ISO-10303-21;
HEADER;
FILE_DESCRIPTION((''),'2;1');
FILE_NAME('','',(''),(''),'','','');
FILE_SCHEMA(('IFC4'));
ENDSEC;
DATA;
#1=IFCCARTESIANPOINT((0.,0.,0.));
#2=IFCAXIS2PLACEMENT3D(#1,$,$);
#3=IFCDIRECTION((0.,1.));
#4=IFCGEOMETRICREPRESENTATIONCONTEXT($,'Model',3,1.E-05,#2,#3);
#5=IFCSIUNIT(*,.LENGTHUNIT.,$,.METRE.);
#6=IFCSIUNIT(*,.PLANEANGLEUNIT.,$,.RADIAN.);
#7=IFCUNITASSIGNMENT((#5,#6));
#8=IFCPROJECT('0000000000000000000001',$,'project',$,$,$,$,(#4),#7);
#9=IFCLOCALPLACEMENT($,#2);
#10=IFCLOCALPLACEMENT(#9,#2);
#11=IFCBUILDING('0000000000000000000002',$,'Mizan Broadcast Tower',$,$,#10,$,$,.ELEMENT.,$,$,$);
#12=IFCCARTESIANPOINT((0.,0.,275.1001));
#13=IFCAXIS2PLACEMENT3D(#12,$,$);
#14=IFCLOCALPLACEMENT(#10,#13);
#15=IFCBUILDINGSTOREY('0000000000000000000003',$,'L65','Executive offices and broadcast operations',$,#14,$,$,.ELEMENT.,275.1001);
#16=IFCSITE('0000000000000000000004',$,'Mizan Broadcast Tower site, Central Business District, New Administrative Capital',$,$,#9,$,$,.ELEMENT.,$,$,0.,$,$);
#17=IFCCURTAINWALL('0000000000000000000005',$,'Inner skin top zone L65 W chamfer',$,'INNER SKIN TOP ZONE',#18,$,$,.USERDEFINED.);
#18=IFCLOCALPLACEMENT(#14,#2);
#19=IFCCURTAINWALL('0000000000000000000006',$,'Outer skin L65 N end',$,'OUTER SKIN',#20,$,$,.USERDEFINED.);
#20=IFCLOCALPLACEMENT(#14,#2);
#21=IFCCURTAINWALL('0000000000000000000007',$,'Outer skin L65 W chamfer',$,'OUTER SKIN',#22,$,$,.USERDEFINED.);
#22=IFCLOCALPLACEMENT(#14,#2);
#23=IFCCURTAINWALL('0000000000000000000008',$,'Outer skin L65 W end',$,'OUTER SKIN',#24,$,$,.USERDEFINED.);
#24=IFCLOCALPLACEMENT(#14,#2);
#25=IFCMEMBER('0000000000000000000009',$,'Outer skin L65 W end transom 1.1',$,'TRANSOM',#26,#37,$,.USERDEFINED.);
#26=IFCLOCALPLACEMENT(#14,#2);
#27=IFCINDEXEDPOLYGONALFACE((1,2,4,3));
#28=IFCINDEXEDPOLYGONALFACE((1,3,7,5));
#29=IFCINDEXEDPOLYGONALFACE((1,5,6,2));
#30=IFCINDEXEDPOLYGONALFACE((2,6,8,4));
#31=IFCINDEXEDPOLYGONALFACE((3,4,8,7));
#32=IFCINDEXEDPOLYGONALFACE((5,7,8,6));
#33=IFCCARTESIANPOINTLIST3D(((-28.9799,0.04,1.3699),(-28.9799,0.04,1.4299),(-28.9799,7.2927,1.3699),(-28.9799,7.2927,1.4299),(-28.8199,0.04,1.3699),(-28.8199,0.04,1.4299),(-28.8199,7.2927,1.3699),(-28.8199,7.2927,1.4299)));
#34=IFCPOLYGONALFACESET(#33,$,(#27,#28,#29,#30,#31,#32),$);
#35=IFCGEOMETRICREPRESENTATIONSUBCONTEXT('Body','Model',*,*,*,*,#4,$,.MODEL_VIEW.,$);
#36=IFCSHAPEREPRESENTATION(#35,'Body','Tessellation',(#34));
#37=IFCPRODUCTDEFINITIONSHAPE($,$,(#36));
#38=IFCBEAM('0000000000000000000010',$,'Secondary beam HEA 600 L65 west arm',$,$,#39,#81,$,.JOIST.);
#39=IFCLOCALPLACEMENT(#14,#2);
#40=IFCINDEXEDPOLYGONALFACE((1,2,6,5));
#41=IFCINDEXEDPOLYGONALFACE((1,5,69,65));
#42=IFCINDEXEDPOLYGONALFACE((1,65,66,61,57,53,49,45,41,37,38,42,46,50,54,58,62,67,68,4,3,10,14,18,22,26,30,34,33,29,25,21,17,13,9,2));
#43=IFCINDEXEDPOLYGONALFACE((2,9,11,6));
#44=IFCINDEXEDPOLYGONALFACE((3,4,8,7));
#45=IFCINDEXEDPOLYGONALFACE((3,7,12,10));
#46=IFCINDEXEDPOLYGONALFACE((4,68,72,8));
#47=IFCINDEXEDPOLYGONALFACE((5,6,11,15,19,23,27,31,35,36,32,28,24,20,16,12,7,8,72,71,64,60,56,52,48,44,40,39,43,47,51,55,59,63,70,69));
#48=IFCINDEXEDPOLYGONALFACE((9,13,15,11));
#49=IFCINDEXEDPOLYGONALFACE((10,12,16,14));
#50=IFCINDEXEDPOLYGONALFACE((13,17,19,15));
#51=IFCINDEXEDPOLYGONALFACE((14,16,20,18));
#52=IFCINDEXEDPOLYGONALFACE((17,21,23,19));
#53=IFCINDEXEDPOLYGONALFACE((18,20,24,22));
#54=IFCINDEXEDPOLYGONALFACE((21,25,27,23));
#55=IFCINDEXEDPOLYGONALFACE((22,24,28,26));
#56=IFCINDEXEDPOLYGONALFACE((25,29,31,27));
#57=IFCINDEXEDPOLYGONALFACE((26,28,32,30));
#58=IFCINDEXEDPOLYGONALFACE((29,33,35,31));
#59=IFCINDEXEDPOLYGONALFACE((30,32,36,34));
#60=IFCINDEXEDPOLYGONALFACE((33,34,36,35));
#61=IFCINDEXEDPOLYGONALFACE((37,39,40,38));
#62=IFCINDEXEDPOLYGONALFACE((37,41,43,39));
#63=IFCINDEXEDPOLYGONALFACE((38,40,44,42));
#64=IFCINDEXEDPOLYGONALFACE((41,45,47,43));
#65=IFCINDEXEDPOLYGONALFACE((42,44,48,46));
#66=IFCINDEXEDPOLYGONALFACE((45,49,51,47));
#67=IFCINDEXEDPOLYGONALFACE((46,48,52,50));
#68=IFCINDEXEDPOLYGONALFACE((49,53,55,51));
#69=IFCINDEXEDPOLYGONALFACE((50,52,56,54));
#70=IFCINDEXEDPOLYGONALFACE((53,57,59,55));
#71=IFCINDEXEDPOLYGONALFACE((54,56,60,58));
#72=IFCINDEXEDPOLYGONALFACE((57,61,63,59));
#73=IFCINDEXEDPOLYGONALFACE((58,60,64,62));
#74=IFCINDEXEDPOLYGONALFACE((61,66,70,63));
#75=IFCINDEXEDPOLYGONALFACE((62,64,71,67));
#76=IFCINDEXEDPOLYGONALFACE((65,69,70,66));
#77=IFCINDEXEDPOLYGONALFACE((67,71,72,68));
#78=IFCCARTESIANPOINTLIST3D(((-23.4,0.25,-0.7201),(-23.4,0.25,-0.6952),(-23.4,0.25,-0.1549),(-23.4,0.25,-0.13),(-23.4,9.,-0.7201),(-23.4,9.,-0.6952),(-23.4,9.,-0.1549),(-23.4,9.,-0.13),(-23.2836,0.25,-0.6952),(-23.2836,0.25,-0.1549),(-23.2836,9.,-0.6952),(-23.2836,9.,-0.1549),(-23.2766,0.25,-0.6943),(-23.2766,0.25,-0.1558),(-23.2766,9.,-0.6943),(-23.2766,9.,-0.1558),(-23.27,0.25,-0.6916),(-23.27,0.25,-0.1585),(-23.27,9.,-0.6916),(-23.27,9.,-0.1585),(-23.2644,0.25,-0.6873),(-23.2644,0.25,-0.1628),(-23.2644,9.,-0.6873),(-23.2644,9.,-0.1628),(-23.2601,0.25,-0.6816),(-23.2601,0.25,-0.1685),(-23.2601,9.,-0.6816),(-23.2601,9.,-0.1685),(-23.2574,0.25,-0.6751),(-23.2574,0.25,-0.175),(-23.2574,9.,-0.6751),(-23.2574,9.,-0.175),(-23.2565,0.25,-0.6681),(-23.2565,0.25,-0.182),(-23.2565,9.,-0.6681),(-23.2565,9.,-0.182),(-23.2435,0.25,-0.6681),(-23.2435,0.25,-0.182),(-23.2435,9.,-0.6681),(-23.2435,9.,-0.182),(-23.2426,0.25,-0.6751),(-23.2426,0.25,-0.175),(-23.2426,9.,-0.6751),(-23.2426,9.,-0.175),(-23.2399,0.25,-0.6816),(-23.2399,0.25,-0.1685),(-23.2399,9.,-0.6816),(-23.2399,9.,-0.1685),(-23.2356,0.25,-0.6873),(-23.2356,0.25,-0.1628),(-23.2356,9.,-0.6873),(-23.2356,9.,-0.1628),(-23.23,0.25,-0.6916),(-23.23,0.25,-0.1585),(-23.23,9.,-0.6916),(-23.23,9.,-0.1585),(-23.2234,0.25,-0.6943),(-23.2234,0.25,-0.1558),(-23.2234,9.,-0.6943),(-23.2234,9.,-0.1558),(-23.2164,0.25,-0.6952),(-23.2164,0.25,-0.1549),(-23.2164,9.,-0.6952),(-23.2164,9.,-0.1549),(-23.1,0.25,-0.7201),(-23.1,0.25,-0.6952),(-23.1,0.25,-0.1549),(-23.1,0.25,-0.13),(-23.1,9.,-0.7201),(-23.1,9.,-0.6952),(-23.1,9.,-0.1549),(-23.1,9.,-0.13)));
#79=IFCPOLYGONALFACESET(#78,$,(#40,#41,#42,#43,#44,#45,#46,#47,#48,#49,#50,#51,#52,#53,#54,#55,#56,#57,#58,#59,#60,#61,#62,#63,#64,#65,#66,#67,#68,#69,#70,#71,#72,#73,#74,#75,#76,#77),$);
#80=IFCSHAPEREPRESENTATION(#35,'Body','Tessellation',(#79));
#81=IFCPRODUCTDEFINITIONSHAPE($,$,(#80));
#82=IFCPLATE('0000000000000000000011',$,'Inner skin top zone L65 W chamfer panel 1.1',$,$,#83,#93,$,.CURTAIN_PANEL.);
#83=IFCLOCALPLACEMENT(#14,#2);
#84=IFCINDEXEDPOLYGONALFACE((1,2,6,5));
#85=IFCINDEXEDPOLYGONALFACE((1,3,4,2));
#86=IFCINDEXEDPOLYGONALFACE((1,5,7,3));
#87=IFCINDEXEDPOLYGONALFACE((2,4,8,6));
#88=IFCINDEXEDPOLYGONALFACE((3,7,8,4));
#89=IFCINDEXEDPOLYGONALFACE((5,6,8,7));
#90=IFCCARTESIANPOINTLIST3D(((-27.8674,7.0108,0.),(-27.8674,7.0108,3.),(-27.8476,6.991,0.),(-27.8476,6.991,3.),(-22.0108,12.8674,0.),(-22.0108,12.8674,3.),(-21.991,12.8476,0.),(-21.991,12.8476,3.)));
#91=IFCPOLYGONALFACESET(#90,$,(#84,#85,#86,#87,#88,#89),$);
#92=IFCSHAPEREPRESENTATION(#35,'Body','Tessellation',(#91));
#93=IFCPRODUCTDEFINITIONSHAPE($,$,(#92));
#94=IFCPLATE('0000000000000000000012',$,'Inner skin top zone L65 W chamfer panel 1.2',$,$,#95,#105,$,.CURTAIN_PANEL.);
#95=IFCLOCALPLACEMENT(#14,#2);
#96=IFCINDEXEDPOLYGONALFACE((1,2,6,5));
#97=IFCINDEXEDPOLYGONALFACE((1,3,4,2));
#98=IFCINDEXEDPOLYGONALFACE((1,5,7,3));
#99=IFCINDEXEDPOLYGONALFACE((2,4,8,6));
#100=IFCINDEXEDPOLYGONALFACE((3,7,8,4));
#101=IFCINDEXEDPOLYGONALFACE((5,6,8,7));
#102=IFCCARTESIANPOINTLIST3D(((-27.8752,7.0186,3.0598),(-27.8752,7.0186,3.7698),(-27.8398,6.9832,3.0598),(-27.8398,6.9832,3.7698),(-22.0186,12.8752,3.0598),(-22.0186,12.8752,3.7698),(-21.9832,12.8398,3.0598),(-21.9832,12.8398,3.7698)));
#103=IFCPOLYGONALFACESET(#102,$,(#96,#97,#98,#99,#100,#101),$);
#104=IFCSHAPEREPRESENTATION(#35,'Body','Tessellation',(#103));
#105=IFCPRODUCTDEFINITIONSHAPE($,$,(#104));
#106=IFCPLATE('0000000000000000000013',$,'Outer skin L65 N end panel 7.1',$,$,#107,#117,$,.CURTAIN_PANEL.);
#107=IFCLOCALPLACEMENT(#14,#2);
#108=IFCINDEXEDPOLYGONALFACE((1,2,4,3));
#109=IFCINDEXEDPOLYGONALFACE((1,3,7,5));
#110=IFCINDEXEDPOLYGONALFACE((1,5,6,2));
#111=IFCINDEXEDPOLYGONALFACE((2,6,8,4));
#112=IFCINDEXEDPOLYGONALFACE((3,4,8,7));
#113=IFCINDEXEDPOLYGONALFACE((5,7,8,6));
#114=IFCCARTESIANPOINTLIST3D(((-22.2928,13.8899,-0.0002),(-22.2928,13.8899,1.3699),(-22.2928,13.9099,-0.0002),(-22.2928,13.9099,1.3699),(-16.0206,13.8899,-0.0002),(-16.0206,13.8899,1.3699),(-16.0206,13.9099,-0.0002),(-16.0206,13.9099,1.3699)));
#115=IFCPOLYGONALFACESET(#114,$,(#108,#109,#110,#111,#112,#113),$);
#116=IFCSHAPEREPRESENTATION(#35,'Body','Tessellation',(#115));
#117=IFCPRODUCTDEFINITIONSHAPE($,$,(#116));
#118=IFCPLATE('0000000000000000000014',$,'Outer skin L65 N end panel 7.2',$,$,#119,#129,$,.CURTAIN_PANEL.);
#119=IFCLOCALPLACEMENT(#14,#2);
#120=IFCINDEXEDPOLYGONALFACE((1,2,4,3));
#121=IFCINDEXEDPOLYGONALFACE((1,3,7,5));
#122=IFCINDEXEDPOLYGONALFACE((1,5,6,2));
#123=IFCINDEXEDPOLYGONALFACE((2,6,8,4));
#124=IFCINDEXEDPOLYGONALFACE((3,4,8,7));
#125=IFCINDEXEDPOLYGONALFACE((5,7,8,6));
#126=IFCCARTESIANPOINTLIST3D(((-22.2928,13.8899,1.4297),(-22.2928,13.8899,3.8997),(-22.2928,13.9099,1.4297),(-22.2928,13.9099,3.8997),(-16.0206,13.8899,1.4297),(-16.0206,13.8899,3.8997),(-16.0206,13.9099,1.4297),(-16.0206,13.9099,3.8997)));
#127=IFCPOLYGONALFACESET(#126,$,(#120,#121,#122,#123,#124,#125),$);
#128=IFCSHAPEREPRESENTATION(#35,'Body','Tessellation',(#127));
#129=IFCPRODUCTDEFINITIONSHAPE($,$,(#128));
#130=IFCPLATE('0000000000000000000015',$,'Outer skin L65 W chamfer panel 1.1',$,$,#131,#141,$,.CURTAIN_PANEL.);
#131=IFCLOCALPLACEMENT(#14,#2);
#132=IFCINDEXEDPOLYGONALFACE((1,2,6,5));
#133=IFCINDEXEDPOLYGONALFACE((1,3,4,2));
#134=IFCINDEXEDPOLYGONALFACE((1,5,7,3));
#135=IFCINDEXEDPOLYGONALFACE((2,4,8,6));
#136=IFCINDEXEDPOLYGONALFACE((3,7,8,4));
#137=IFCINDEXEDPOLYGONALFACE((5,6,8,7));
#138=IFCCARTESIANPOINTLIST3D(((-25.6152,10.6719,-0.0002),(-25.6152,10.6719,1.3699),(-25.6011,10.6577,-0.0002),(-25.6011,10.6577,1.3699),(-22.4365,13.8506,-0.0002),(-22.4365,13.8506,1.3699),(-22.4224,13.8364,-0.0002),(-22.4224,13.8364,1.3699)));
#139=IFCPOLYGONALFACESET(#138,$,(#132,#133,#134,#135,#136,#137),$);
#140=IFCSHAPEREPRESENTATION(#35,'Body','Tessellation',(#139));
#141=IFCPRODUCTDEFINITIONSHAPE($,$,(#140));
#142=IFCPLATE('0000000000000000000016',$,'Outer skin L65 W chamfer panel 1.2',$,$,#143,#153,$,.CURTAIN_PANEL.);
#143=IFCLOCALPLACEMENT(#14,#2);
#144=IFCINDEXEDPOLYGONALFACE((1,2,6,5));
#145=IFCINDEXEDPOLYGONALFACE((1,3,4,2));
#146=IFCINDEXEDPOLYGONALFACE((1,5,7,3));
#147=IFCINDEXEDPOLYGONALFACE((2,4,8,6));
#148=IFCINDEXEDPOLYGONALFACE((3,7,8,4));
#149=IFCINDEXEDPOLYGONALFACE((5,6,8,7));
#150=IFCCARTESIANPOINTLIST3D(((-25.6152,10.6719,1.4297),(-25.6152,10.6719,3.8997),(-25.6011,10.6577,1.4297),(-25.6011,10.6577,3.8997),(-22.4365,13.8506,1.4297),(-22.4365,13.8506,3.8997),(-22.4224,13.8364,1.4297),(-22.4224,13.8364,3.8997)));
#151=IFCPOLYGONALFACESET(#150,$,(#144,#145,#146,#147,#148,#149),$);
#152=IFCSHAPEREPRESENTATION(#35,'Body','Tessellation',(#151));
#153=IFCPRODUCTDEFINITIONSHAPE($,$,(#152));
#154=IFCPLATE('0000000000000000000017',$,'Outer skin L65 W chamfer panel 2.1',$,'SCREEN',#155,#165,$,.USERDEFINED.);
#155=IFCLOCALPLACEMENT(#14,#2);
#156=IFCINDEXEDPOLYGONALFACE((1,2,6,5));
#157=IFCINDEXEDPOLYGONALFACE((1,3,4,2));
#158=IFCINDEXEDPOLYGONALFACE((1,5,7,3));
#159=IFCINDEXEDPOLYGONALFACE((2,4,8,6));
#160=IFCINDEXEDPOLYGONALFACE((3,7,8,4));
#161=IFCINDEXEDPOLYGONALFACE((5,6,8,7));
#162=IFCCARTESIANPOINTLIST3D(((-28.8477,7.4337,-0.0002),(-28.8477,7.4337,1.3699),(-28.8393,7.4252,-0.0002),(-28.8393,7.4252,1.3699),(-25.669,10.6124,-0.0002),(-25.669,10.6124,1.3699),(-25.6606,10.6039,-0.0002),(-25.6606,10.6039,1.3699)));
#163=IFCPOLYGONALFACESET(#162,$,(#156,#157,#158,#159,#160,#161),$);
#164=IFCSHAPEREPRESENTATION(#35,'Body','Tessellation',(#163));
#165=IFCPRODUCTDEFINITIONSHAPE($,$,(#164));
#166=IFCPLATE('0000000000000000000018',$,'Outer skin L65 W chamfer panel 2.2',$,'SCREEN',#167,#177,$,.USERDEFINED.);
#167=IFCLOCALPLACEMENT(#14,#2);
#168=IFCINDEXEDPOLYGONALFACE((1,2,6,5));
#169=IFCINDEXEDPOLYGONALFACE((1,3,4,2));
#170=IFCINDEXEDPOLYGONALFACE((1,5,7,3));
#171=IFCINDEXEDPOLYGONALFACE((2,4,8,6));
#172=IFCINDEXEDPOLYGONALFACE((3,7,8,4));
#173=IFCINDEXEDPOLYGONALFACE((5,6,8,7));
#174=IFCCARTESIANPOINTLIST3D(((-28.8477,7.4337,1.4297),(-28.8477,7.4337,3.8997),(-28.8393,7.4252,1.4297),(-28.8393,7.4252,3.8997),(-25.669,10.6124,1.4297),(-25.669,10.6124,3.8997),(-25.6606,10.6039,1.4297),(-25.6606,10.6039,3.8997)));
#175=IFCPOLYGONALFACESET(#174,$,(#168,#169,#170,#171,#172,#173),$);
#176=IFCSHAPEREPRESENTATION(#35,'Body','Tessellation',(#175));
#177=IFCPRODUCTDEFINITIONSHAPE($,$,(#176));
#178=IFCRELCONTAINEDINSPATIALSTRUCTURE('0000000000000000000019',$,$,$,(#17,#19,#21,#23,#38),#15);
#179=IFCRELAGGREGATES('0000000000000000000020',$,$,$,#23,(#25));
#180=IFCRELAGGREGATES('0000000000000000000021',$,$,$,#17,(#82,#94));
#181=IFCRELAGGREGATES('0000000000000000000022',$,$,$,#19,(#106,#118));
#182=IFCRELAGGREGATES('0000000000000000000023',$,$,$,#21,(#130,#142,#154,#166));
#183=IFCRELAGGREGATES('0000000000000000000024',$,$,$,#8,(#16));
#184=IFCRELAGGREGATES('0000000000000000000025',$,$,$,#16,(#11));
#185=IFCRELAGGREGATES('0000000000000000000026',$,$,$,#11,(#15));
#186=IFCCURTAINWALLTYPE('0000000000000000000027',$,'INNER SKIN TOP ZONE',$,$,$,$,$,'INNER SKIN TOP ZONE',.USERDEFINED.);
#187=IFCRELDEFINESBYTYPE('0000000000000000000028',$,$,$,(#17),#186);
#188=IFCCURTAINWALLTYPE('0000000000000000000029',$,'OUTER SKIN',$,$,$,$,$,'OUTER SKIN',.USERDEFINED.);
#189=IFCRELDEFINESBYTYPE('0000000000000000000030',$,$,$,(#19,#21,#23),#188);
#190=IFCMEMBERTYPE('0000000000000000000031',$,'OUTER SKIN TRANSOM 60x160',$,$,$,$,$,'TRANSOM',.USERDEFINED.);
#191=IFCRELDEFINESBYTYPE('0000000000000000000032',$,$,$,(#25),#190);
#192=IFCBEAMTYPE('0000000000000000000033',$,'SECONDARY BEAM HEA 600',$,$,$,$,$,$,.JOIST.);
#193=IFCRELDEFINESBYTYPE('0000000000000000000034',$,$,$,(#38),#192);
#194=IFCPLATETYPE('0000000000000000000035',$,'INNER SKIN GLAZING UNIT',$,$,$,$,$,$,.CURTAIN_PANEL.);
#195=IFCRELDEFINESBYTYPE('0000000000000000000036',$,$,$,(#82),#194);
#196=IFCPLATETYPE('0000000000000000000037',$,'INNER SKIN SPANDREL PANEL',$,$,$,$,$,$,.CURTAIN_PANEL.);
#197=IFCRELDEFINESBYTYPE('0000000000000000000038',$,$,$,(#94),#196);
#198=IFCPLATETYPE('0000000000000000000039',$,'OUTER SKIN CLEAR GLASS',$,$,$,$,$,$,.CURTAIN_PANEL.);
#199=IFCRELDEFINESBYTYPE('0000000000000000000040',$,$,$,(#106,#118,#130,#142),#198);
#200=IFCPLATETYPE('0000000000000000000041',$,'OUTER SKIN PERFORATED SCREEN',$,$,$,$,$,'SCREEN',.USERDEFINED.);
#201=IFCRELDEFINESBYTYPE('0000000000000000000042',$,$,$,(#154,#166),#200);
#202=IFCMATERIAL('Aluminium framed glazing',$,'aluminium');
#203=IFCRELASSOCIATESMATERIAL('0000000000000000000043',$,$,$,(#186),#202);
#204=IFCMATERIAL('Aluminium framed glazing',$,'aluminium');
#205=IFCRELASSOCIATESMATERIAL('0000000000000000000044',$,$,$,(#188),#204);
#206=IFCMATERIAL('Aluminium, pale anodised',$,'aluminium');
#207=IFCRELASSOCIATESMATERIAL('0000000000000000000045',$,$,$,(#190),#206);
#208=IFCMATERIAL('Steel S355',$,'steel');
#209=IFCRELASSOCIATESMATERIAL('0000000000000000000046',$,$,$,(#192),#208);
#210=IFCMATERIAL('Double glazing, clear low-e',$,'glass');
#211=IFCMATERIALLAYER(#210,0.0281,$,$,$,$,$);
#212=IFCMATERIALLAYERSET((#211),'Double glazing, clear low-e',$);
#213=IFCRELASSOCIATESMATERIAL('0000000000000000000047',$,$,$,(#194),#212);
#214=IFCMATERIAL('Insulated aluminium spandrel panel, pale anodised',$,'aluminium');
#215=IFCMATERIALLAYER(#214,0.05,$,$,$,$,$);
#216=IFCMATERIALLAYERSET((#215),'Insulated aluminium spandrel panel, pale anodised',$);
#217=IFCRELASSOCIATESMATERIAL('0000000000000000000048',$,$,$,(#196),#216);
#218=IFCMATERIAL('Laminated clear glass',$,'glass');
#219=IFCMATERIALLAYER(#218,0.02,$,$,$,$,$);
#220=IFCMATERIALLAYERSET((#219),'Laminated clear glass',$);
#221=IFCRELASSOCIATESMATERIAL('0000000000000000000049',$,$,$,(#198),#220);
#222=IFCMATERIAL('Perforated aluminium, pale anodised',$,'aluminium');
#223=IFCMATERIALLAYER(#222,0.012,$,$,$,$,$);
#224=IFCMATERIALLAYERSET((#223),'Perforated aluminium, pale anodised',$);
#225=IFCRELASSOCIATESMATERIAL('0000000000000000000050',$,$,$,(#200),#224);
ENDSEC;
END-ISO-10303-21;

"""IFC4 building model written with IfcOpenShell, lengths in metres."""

from ifc_helpers import new_model, si_unit, direction, frame, origin, origin_2d, place, context, subcontext, project, spatial, rectangle, i_section, extrude, material, layer, layer_set, material_profile, profile_set, type_object, element, aggregate, save


model = new_model("IFC4")

# Units and contexts
model_context = context("Model", 3, precision=1e-05, world=origin(), true_north=direction((0.0, 1.0)))
body_context = subcontext(model_context, "Body", "Model", "MODEL_VIEW")
ifc_project = project(units=[si_unit("LENGTHUNIT", "METRE"), si_unit("PLANEANGLEUNIT", "RADIAN")], contexts=[model_context])

# Site, building, storey
site_placement = place(None, origin())
site = spatial("IfcSite", under=ifc_project, at=site_placement, Name="Mizan Broadcast Tower site, Central Business District, New Administrative Capital", CompositionType="ELEMENT", RefElevation=0.0)
building_placement = place(site_placement, origin())
building = spatial("IfcBuilding", under=site, at=building_placement, Name="Mizan Broadcast Tower", CompositionType="ELEMENT")
storey_placement = place(building_placement, frame((0.0, 0.0, 275.1001)))
storey = spatial("IfcBuildingStorey", under=building, at=storey_placement, Name="L65", Description="Executive offices and broadcast operations", CompositionType="ELEMENT", Elevation=275.1001)

# Curtain walls
ifc_material_1 = material(Name="Aluminium framed glazing", Category="aluminium")
curtain_wall_type_1 = type_object("IfcCurtainWallType", Name="INNER SKIN TOP ZONE", ElementType="INNER SKIN TOP ZONE", PredefinedType="USERDEFINED", material=ifc_material_1)
curtain_wall_1_placement = place(storey_placement, origin())
curtain_wall_1 = element("IfcCurtainWall", 1, at=curtain_wall_1_placement, inside=storey, type_object=curtain_wall_type_1, Name="Inner skin top zone L65 W chamfer", ObjectType="INNER SKIN TOP ZONE", PredefinedType="USERDEFINED")
ifc_material_2 = material(Name="Aluminium framed glazing", Category="aluminium")
curtain_wall_type_2 = type_object("IfcCurtainWallType", Name="OUTER SKIN", ElementType="OUTER SKIN", PredefinedType="USERDEFINED", material=ifc_material_2)
curtain_wall_2_placement = place(storey_placement, origin())
curtain_wall_2 = element("IfcCurtainWall", 2, at=curtain_wall_2_placement, inside=storey, type_object=curtain_wall_type_2, Name="Outer skin L65 N end", ObjectType="OUTER SKIN", PredefinedType="USERDEFINED")

# Curtain wall
curtain_wall_3_placement = place(storey_placement, origin())
curtain_wall_3 = element("IfcCurtainWall", 3, at=curtain_wall_3_placement, inside=storey, type_object=curtain_wall_type_2, Name="Outer skin L65 W chamfer", ObjectType="OUTER SKIN", PredefinedType="USERDEFINED")
ifc_material_3 = material(Name="Aluminium, pale anodised", Category="aluminium")
ifc_material_profile_1 = material_profile(ifc_material_3, rectangle(XDim=0.1599, YDim=0.0601, at=origin_2d()), Name="TRANSOM 160x60")
ifc_profile_set_1 = profile_set([ifc_material_profile_1], Name="Aluminium, pale anodised")
member_type_1 = type_object("IfcMemberType", Name="OUTER SKIN TRANSOM 60x160", ElementType="TRANSOM", PredefinedType="USERDEFINED", material=ifc_profile_set_1)

# Curtain wall, member
curtain_wall_4_placement = place(storey_placement, origin())
curtain_wall_4 = element("IfcCurtainWall", 4, at=curtain_wall_4_placement, inside=storey, type_object=curtain_wall_type_2, Name="Outer skin L65 W end", ObjectType="OUTER SKIN", PredefinedType="USERDEFINED")
member_1_placement = place(storey_placement, frame((-28.8999, 7.2927, 1.3999), z_axis=(0.0, -1.0, 0.0), x_axis=(1.0, 0.0, 0.0)))
member_1 = element("IfcMember", 5, at=member_1_placement, type_object=member_type_1, Name="Outer skin L65 W end transom 1.1", ObjectType="TRANSOM", PredefinedType="USERDEFINED", context=body_context, shape_type="SweptSolid", body=[
    extrude(rectangle(XDim=0.1599, YDim=0.0601, at=origin_2d()), origin(), (0.0, 0.0, 1.0), 7.2527),
])
aggregate(curtain_wall_4, [member_1])

# Beam
ifc_material_4 = material(Name="Steel S355", Category="steel")
ifc_material_profile_2 = material_profile(ifc_material_4, i_section(OverallWidth=0.3, OverallDepth=0.5901, WebThickness=0.0129, FlangeThickness=0.0249, FilletRadius=0.0271, at=origin_2d()), Name="HEA 600")
ifc_profile_set_2 = profile_set([ifc_material_profile_2], Name="Steel S355")
beam_type_1 = type_object("IfcBeamType", Name="SECONDARY BEAM HEA 600", PredefinedType="JOIST", material=ifc_profile_set_2)
beam_1_placement = place(storey_placement, frame((-23.25, 9.0, -0.425), z_axis=(0.0, -1.0, 0.0), x_axis=(1.0, 0.0, 0.0)))
element("IfcBeam", 6, at=beam_1_placement, inside=storey, type_object=beam_type_1, Name="Secondary beam HEA 600 L65 west arm", PredefinedType="JOIST", context=body_context, shape_type="SweptSolid", body=[
    extrude(i_section(OverallWidth=0.3, OverallDepth=0.5901, WebThickness=0.0129, FlangeThickness=0.0249, FilletRadius=0.0271, at=origin_2d()), origin(), (0.0, 0.0, 1.0), 8.75),
])

# Plates
ifc_material_5 = material(Name="Double glazing, clear low-e", Category="glass")
ifc_layer_1 = layer(ifc_material_5, 0.0281)
ifc_layer_set_1 = layer_set([ifc_layer_1], Name="Double glazing, clear low-e")
plate_type_1 = type_object("IfcPlateType", Name="INNER SKIN GLAZING UNIT", PredefinedType="CURTAIN_PANEL", material=ifc_layer_set_1)
plate_1_placement = place(storey_placement, frame((-24.9292, 9.9292, 0.0), z_axis=(0.0, 0.0, 1.0), x_axis=(-0.707107, -0.707107, 0.0)))
plate_1 = element("IfcPlate", 7, at=plate_1_placement, type_object=plate_type_1, Name="Inner skin top zone L65 W chamfer panel 1.1", PredefinedType="CURTAIN_PANEL", context=body_context, shape_type="SweptSolid", body=[
    extrude(rectangle(XDim=8.2825, YDim=0.0281, at=origin_2d()), origin(), (0.0, 0.0, 1.0), 3.0),
])
ifc_material_6 = material(Name="Insulated aluminium spandrel panel, pale anodised", Category="aluminium")
ifc_layer_2 = layer(ifc_material_6, 0.05)
ifc_layer_set_2 = layer_set([ifc_layer_2], Name="Insulated aluminium spandrel panel, pale anodised")
plate_type_2 = type_object("IfcPlateType", Name="INNER SKIN SPANDREL PANEL", PredefinedType="CURTAIN_PANEL", material=ifc_layer_set_2)
plate_2_placement = place(storey_placement, frame((-24.9292, 9.9292, 3.0598), z_axis=(0.0, 0.0, 1.0), x_axis=(-0.707107, -0.707107, 0.0)))
plate_2 = element("IfcPlate", 8, at=plate_2_placement, type_object=plate_type_2, Name="Inner skin top zone L65 W chamfer panel 1.2", PredefinedType="CURTAIN_PANEL", context=body_context, shape_type="SweptSolid", body=[
    extrude(rectangle(XDim=8.2825, YDim=0.05, at=origin_2d()), origin(), (0.0, 0.0, 1.0), 0.71),
])
aggregate(curtain_wall_1, [plate_1, plate_2])
ifc_material_7 = material(Name="Laminated clear glass", Category="glass")
ifc_layer_3 = layer(ifc_material_7, 0.02)
ifc_layer_set_3 = layer_set([ifc_layer_3], Name="Laminated clear glass")
plate_type_3 = type_object("IfcPlateType", Name="OUTER SKIN CLEAR GLASS", PredefinedType="CURTAIN_PANEL", material=ifc_layer_set_3)
plate_3_placement = place(storey_placement, frame((-19.1567, 13.8999, -0.0002), z_axis=(0.0, 0.0, 1.0), x_axis=(-1.0, 0.0, 0.0)))
plate_3 = element("IfcPlate", 9, at=plate_3_placement, type_object=plate_type_3, Name="Outer skin L65 N end panel 7.1", PredefinedType="CURTAIN_PANEL", context=body_context, shape_type="SweptSolid", body=[
    extrude(rectangle(XDim=6.2722, YDim=0.02, at=origin_2d()), origin(), (0.0, 0.0, 1.0), 1.3701),
])
plate_4_placement = place(storey_placement, frame((-19.1567, 13.8999, 1.4297), z_axis=(0.0, 0.0, 1.0), x_axis=(-1.0, 0.0, 0.0)))
plate_4 = element("IfcPlate", 10, at=plate_4_placement, type_object=plate_type_3, Name="Outer skin L65 N end panel 7.2", PredefinedType="CURTAIN_PANEL", context=body_context, shape_type="SweptSolid", body=[
    extrude(rectangle(XDim=6.2722, YDim=0.02, at=origin_2d()), origin(), (0.0, 0.0, 1.0), 2.47),
])
aggregate(curtain_wall_2, [plate_3, plate_4])
plate_5_placement = place(storey_placement, frame((-24.0188, 12.2542, -0.0002), z_axis=(0.0, 0.0, 1.0), x_axis=(-0.707107, -0.707107, 0.0)))
plate_5 = element("IfcPlate", 11, at=plate_5_placement, type_object=plate_type_3, Name="Outer skin L65 W chamfer panel 1.1", PredefinedType="CURTAIN_PANEL", context=body_context, shape_type="SweptSolid", body=[
    extrude(rectangle(XDim=4.4954, YDim=0.02, at=origin_2d()), origin(), (0.0, 0.0, 1.0), 1.3701),
])
plate_6_placement = place(storey_placement, frame((-24.0188, 12.2542, 1.4297), z_axis=(0.0, 0.0, 1.0), x_axis=(-0.707107, -0.707107, 0.0)))
plate_6 = element("IfcPlate", 12, at=plate_6_placement, type_object=plate_type_3, Name="Outer skin L65 W chamfer panel 1.2", PredefinedType="CURTAIN_PANEL", context=body_context, shape_type="SweptSolid", body=[
    extrude(rectangle(XDim=4.4954, YDim=0.02, at=origin_2d()), origin(), (0.0, 0.0, 1.0), 2.47),
])
ifc_material_8 = material(Name="Perforated aluminium, pale anodised", Category="aluminium")
ifc_layer_4 = layer(ifc_material_8, 0.012)
ifc_layer_set_4 = layer_set([ifc_layer_4], Name="Perforated aluminium, pale anodised")
plate_type_4 = type_object("IfcPlateType", Name="OUTER SKIN PERFORATED SCREEN", ElementType="SCREEN", PredefinedType="USERDEFINED", material=ifc_layer_set_4)
plate_7_placement = place(storey_placement, frame((-27.2542, 9.0188, -0.0002), z_axis=(0.0, 0.0, 1.0), x_axis=(-0.707107, -0.707107, 0.0)))
plate_7 = element("IfcPlate", 13, at=plate_7_placement, type_object=plate_type_4, Name="Outer skin L65 W chamfer panel 2.1", ObjectType="SCREEN", PredefinedType="USERDEFINED", context=body_context, shape_type="SweptSolid", body=[
    extrude(rectangle(XDim=4.4954, YDim=0.012, at=origin_2d()), origin(), (0.0, 0.0, 1.0), 1.3701),
])
plate_8_placement = place(storey_placement, frame((-27.2542, 9.0188, 1.4297), z_axis=(0.0, 0.0, 1.0), x_axis=(-0.707107, -0.707107, 0.0)))
plate_8 = element("IfcPlate", 14, at=plate_8_placement, type_object=plate_type_4, Name="Outer skin L65 W chamfer panel 2.2", ObjectType="SCREEN", PredefinedType="USERDEFINED", context=body_context, shape_type="SweptSolid", body=[
    extrude(rectangle(XDim=4.4954, YDim=0.012, at=origin_2d()), origin(), (0.0, 0.0, 1.0), 2.47),
])
aggregate(curtain_wall_3, [plate_5, plate_6, plate_7, plate_8])

save(model, "model.ifc")
